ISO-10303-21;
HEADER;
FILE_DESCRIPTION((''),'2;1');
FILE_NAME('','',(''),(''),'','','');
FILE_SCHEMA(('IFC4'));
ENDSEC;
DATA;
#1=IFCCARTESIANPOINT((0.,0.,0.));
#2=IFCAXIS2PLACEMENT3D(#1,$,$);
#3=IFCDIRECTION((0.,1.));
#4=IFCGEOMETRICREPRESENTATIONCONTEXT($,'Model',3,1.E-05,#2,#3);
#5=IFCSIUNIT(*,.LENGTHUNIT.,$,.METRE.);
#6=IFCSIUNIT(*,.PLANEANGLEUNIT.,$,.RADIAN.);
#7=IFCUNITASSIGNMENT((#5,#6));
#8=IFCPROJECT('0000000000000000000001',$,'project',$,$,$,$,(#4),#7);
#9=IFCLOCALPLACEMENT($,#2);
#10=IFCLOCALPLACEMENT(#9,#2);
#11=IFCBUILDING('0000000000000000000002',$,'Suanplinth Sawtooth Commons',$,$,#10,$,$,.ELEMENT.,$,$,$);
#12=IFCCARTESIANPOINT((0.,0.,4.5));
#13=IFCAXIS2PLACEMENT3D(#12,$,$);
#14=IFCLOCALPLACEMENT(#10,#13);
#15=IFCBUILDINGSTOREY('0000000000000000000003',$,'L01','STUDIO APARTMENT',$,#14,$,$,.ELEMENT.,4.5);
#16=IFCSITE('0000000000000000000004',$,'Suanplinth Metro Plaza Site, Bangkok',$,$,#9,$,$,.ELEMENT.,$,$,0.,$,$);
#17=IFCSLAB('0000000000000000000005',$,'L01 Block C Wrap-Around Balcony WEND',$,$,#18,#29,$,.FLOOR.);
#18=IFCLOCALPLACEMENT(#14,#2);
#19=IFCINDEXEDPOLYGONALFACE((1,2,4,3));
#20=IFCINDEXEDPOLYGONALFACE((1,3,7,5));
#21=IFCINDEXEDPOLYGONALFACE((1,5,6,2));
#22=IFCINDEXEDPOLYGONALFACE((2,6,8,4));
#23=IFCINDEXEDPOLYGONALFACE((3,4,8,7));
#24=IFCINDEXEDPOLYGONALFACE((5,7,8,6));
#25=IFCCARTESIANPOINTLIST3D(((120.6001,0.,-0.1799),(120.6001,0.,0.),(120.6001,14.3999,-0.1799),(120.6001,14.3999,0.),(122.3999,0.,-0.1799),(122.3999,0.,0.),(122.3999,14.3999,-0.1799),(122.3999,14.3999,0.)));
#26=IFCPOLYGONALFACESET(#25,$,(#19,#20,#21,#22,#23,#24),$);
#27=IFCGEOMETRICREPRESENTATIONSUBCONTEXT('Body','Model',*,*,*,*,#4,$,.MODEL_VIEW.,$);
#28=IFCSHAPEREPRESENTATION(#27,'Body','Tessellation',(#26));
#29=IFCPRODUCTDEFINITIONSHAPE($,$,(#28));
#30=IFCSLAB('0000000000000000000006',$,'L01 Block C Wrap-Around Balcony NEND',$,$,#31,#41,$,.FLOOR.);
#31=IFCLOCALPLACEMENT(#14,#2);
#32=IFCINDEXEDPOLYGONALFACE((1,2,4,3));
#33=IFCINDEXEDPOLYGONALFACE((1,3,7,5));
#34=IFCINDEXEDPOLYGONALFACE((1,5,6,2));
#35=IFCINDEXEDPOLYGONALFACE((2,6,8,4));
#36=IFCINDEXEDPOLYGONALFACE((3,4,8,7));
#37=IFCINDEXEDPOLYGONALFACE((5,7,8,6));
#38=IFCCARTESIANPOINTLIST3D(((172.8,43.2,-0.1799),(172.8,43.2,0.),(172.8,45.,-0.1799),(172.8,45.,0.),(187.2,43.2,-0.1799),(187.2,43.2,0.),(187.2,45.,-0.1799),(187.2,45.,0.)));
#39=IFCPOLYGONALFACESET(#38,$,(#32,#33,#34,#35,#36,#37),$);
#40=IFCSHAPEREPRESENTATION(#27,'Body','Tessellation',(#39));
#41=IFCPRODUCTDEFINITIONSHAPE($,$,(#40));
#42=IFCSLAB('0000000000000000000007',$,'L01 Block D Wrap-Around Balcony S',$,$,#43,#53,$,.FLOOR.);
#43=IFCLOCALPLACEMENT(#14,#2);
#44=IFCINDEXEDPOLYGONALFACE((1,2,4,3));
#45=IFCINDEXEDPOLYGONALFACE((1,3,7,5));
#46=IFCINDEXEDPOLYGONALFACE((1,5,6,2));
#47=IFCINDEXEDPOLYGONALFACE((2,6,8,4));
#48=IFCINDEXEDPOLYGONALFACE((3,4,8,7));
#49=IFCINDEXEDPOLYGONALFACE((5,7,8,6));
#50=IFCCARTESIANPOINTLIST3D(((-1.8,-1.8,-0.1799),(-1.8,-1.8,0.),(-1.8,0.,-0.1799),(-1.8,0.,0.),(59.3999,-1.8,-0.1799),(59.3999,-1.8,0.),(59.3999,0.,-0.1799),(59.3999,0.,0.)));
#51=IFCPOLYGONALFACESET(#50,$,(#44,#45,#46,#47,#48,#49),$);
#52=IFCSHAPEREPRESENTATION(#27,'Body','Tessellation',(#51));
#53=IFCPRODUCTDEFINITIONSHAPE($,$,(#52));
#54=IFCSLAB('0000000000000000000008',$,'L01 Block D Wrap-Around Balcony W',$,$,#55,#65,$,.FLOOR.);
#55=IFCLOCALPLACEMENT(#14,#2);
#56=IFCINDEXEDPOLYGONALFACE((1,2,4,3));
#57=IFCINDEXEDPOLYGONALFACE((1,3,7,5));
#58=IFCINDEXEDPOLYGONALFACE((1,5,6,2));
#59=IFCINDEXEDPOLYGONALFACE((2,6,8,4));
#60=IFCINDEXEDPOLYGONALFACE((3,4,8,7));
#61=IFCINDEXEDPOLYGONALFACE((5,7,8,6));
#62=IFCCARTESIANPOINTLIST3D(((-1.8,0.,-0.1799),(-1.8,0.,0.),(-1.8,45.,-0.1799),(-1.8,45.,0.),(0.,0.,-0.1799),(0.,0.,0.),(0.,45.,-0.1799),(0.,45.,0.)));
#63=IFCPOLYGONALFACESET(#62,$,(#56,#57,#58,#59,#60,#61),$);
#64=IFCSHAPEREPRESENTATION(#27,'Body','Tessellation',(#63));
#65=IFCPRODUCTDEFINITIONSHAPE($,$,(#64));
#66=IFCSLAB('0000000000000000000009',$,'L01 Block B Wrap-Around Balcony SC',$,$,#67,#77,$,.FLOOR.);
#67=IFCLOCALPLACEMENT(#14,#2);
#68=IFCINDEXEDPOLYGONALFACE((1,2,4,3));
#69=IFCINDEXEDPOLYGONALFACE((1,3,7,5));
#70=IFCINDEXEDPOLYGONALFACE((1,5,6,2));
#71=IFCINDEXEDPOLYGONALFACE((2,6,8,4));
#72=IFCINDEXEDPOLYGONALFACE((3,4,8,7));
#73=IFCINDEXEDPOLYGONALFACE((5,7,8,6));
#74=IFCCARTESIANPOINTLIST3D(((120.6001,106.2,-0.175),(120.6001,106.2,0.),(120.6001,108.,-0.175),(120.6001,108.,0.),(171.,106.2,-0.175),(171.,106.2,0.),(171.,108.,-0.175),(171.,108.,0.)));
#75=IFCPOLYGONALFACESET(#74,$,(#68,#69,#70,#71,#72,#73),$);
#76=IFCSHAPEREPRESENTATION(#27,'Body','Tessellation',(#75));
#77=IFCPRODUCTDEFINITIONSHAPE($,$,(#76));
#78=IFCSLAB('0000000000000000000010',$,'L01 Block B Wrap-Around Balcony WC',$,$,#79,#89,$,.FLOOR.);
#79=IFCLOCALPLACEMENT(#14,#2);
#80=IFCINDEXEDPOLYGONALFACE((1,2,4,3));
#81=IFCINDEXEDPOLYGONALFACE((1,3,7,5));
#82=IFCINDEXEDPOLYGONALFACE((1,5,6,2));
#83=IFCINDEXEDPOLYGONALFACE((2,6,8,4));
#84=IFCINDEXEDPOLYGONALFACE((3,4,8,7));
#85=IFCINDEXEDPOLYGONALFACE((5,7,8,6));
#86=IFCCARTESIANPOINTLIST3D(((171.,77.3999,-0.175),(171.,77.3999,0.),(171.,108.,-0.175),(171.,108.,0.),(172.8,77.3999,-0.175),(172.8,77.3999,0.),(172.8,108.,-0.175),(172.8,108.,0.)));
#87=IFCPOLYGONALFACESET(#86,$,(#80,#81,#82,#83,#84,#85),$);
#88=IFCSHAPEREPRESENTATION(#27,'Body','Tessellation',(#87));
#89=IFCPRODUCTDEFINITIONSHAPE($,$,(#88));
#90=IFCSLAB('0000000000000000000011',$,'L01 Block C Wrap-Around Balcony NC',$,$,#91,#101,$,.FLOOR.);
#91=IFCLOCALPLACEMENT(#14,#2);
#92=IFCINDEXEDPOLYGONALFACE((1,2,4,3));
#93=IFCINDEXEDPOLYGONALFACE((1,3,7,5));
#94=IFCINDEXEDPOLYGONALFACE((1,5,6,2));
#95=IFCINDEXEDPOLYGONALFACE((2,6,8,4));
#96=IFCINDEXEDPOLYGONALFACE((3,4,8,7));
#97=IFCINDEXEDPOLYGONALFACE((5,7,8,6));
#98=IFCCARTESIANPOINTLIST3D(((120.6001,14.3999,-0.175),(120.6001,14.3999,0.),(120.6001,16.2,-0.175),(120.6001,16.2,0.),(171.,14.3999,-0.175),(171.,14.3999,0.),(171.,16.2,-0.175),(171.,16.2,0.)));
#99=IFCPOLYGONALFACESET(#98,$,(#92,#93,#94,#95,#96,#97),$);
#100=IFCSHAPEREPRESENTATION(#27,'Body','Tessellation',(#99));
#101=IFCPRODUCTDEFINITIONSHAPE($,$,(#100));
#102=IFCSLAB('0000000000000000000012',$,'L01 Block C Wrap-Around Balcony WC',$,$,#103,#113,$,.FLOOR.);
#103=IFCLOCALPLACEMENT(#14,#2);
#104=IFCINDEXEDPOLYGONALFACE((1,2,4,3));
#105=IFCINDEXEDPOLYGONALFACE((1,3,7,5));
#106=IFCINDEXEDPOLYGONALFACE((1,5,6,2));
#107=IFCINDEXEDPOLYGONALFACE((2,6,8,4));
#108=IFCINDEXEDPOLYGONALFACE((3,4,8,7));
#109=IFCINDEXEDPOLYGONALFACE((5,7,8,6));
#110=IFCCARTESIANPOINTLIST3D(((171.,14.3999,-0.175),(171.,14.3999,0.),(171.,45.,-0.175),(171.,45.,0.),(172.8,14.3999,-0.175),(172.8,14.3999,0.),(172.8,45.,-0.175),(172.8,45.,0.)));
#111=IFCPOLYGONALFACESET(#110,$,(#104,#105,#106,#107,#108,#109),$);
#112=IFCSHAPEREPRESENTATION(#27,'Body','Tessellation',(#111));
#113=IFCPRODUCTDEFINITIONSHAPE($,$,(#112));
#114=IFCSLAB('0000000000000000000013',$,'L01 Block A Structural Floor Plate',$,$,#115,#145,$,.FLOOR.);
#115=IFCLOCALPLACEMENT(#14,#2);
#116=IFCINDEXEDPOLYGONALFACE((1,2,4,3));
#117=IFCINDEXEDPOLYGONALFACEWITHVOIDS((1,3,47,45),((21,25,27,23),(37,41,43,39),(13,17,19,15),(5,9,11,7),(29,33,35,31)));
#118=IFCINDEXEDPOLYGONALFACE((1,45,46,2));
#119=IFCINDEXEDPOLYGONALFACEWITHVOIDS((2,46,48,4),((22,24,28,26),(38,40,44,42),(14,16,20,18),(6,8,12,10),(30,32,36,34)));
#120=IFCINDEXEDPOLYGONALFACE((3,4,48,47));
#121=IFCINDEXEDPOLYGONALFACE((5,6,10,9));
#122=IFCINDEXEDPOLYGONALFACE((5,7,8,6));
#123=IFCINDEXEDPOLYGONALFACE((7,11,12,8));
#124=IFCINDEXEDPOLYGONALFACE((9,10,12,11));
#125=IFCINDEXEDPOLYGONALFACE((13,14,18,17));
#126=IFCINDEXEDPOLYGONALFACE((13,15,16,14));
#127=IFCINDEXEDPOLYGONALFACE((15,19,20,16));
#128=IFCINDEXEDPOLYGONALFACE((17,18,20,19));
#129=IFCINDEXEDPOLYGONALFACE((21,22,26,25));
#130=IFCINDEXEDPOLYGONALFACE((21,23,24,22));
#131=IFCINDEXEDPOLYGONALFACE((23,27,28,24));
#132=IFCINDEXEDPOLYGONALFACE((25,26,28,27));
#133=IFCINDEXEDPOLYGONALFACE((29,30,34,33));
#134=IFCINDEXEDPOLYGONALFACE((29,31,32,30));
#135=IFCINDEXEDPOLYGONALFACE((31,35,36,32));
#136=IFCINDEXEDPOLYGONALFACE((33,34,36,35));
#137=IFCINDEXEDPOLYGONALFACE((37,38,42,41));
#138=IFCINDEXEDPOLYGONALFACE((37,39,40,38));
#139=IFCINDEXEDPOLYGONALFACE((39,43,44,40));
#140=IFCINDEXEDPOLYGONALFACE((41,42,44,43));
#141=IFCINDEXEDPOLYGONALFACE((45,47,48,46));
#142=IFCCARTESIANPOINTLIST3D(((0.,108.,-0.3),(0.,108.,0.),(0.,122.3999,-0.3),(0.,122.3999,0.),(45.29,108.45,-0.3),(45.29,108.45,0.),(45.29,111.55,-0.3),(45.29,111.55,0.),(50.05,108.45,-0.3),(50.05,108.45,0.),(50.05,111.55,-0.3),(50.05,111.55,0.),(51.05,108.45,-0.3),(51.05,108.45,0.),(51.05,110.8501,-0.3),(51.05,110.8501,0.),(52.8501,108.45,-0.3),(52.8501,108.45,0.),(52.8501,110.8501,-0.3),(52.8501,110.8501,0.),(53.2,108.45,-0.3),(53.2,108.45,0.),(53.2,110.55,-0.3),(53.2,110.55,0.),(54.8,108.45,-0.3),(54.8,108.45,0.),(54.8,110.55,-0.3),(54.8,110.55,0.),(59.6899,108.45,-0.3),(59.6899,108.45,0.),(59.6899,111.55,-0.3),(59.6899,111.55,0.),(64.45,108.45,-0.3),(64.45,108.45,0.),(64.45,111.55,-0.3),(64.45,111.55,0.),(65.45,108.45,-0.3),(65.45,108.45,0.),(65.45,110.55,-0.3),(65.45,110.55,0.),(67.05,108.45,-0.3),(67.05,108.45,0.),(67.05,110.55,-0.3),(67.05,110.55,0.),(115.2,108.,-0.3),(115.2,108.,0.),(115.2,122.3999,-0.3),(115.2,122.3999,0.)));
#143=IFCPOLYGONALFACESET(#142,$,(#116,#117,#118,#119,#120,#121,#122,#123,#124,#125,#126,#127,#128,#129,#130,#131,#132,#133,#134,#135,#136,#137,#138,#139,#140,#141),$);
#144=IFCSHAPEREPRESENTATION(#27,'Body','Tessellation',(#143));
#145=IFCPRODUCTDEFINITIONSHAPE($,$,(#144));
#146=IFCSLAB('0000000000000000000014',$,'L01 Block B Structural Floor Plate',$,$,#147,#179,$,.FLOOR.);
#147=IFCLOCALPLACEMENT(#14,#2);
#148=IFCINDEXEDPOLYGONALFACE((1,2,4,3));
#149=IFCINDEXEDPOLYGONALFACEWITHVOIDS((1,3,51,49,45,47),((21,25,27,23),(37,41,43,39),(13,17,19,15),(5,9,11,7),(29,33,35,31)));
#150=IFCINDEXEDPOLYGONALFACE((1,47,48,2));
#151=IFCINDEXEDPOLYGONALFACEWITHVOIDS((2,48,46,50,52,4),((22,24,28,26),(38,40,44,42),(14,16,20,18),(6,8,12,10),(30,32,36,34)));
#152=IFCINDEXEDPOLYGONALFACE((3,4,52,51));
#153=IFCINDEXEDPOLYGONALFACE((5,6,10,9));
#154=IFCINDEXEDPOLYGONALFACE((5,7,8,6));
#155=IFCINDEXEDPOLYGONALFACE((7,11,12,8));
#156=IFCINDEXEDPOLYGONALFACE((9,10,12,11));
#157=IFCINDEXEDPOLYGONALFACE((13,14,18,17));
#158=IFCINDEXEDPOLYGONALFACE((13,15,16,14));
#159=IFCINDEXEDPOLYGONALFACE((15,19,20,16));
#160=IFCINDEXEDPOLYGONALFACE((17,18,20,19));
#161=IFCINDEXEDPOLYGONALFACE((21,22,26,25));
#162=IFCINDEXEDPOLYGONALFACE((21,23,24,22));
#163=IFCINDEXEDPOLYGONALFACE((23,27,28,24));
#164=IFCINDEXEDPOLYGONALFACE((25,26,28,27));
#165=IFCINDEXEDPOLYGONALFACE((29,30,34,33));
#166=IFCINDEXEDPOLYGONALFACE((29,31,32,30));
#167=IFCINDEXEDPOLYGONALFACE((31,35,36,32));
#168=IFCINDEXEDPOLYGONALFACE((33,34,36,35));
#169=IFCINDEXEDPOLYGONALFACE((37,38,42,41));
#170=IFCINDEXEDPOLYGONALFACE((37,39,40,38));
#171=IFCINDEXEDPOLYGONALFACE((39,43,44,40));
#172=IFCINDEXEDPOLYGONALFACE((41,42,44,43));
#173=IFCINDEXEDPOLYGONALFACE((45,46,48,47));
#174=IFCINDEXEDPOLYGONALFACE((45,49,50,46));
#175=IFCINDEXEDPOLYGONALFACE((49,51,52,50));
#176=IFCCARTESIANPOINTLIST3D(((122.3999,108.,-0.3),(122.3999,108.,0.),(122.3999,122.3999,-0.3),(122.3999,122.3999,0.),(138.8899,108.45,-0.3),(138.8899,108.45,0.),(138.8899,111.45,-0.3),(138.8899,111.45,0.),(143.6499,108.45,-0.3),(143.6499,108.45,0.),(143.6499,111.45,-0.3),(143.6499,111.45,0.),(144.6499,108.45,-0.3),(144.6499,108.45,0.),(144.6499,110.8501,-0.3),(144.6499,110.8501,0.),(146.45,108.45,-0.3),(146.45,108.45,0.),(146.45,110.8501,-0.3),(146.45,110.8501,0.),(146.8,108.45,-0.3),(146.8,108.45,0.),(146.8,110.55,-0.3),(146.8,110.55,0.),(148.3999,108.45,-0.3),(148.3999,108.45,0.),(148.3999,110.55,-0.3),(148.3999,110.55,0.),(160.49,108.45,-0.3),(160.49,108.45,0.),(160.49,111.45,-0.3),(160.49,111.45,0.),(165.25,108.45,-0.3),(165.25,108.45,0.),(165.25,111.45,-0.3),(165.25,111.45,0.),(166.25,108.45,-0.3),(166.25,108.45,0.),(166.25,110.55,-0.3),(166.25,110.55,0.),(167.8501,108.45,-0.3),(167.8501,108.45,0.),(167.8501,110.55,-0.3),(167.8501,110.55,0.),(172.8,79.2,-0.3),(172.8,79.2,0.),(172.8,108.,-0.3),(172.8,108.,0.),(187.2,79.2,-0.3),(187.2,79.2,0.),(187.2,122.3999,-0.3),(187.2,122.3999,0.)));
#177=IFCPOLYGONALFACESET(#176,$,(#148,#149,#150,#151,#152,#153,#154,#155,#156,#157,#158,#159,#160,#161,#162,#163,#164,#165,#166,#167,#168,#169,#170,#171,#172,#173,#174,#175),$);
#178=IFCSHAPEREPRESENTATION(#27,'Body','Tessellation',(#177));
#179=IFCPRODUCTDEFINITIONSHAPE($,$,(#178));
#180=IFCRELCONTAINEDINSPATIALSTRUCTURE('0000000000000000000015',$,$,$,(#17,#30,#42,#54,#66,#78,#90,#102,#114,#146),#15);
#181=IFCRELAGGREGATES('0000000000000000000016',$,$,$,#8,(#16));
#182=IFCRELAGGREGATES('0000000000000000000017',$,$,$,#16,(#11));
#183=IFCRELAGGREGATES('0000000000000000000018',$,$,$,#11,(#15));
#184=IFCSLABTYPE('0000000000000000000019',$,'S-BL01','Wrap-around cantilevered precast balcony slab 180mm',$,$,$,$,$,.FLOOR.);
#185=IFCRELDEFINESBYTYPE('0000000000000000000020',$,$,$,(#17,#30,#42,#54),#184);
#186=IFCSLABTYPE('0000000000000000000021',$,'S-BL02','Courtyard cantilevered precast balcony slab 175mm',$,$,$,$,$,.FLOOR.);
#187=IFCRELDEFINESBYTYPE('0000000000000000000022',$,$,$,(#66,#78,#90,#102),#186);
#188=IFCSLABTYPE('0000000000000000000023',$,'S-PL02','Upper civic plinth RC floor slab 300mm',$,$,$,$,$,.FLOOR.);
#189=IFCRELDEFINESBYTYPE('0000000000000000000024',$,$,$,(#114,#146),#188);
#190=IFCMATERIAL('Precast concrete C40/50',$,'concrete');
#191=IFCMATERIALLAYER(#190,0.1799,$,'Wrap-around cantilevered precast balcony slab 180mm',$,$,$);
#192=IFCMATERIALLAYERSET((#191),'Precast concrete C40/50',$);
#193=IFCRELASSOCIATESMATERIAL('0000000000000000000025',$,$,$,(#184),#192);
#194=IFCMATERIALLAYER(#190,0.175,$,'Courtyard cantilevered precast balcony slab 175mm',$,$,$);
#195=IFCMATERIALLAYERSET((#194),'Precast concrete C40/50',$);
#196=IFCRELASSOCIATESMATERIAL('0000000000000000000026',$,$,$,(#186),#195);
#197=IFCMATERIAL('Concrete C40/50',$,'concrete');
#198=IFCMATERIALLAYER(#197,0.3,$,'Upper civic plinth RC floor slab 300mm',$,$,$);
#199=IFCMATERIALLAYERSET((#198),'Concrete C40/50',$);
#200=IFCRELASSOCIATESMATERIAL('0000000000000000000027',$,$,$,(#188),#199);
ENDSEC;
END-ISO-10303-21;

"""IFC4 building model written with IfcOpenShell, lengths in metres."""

from ifc_helpers import new_model, si_unit, direction, frame, origin, place, context, subcontext, project, spatial, polyline, outline, extrude, material, layer, layer_set, type_object, element, save


model = new_model("IFC4")

# Units and contexts
model_context = context("Model", 3, precision=1e-05, world=origin(), true_north=direction((0.0, 1.0)))
body_context = subcontext(model_context, "Body", "Model", "MODEL_VIEW")
ifc_project = project(units=[si_unit("LENGTHUNIT", "METRE"), si_unit("PLANEANGLEUNIT", "RADIAN")], contexts=[model_context])

# Site, building, storey
site_placement = place(None, origin())
site = spatial("IfcSite", under=ifc_project, at=site_placement, Name="Suanplinth Metro Plaza Site, Bangkok", CompositionType="ELEMENT", RefElevation=0.0)
building_placement = place(site_placement, origin())
building = spatial("IfcBuilding", under=site, at=building_placement, Name="Suanplinth Sawtooth Commons", CompositionType="ELEMENT")
storey_placement = place(building_placement, frame((0.0, 0.0, 4.5)))
storey = spatial("IfcBuildingStorey", under=building, at=storey_placement, Name="L01", Description="STUDIO APARTMENT", CompositionType="ELEMENT", Elevation=4.5)

# Shared definitions
ifc_material_1 = material(Name="Concrete C40/50", Category="concrete")

# Shared definitions
ifc_material_2 = material(Name="Precast concrete C40/50", Category="concrete")

# Slabs
ifc_layer_1 = layer(ifc_material_2, 0.1799, Name="Wrap-around cantilevered precast balcony slab 180mm")
ifc_layer_set_1 = layer_set([ifc_layer_1], Name="Precast concrete C40/50")
slab_type_1 = type_object("IfcSlabType", Name="S-BL01", Description="Wrap-around cantilevered precast balcony slab 180mm", PredefinedType="FLOOR", material=ifc_layer_set_1)
slab_1_placement = place(storey_placement, frame((0.0, 0.0, -0.1799)))
element("IfcSlab", 1, at=slab_1_placement, inside=storey, type_object=slab_type_1, Name="L01 Block C Wrap-Around Balcony WEND", PredefinedType="FLOOR", context=body_context, shape_type="SweptSolid", body=[
    extrude(outline(polyline([(122.3999, 0.0), (120.6001, 0.0), (120.6001, 14.3999), (122.3999, 14.3999), (122.3999, 0.0)])), origin(), (0.0, 0.0, 1.0), 0.1799),
])
slab_2_placement = place(storey_placement, frame((0.0, 0.0, -0.1799)))
element("IfcSlab", 2, at=slab_2_placement, inside=storey, type_object=slab_type_1, Name="L01 Block C Wrap-Around Balcony NEND", PredefinedType="FLOOR", context=body_context, shape_type="SweptSolid", body=[
    extrude(outline(polyline([(172.8, 45.0), (187.2, 45.0), (187.2, 43.2), (172.8, 43.2), (172.8, 45.0)])), origin(), (0.0, 0.0, 1.0), 0.1799),
])
slab_3_placement = place(storey_placement, frame((0.0, 0.0, -0.1799)))
element("IfcSlab", 3, at=slab_3_placement, inside=storey, type_object=slab_type_1, Name="L01 Block D Wrap-Around Balcony S", PredefinedType="FLOOR", context=body_context, shape_type="SweptSolid", body=[
    extrude(outline(polyline([(59.3999, 0.0), (59.3999, -1.8), (-1.8, -1.8), (-1.8, 0.0), (59.3999, 0.0)])), origin(), (0.0, 0.0, 1.0), 0.1799),
])
slab_4_placement = place(storey_placement, frame((0.0, 0.0, -0.1799)))
element("IfcSlab", 4, at=slab_4_placement, inside=storey, type_object=slab_type_1, Name="L01 Block D Wrap-Around Balcony W", PredefinedType="FLOOR", context=body_context, shape_type="SweptSolid", body=[
    extrude(outline(polyline([(0.0, 0.0), (-1.8, 0.0), (-1.8, 45.0), (0.0, 45.0), (0.0, 0.0)])), origin(), (0.0, 0.0, 1.0), 0.1799),
])
ifc_layer_2 = layer(ifc_material_2, 0.175, Name="Courtyard cantilevered precast balcony slab 175mm")
ifc_layer_set_2 = layer_set([ifc_layer_2], Name="Precast concrete C40/50")
slab_type_2 = type_object("IfcSlabType", Name="S-BL02", Description="Courtyard cantilevered precast balcony slab 175mm", PredefinedType="FLOOR", material=ifc_layer_set_2)
slab_5_placement = place(storey_placement, frame((0.0, 0.0, -0.175)))
element("IfcSlab", 5, at=slab_5_placement, inside=storey, type_object=slab_type_2, Name="L01 Block B Wrap-Around Balcony SC", PredefinedType="FLOOR", context=body_context, shape_type="SweptSolid", body=[
    extrude(outline(polyline([(171.0, 106.2), (120.6001, 106.2), (120.6001, 108.0), (171.0, 108.0), (171.0, 106.2)])), origin(), (0.0, 0.0, 1.0), 0.175),
])
slab_6_placement = place(storey_placement, frame((0.0, 0.0, -0.175)))
element("IfcSlab", 6, at=slab_6_placement, inside=storey, type_object=slab_type_2, Name="L01 Block B Wrap-Around Balcony WC", PredefinedType="FLOOR", context=body_context, shape_type="SweptSolid", body=[
    extrude(outline(polyline([(172.8, 77.3999), (171.0, 77.3999), (171.0, 108.0), (172.8, 108.0), (172.8, 77.3999)])), origin(), (0.0, 0.0, 1.0), 0.175),
])
slab_7_placement = place(storey_placement, frame((0.0, 0.0, -0.175)))
element("IfcSlab", 7, at=slab_7_placement, inside=storey, type_object=slab_type_2, Name="L01 Block C Wrap-Around Balcony NC", PredefinedType="FLOOR", context=body_context, shape_type="SweptSolid", body=[
    extrude(outline(polyline([(120.6001, 14.3999), (120.6001, 16.2), (171.0, 16.2), (171.0, 14.3999), (120.6001, 14.3999)])), origin(), (0.0, 0.0, 1.0), 0.175),
])
slab_8_placement = place(storey_placement, frame((0.0, 0.0, -0.175)))
element("IfcSlab", 8, at=slab_8_placement, inside=storey, type_object=slab_type_2, Name="L01 Block C Wrap-Around Balcony WC", PredefinedType="FLOOR", context=body_context, shape_type="SweptSolid", body=[
    extrude(outline(polyline([(172.8, 14.3999), (171.0, 14.3999), (171.0, 45.0), (172.8, 45.0), (172.8, 14.3999)])), origin(), (0.0, 0.0, 1.0), 0.175),
])
ifc_layer_3 = layer(ifc_material_1, 0.3, Name="Upper civic plinth RC floor slab 300mm")
ifc_layer_set_3 = layer_set([ifc_layer_3], Name="Concrete C40/50")
slab_type_3 = type_object("IfcSlabType", Name="S-PL02", Description="Upper civic plinth RC floor slab 300mm", PredefinedType="FLOOR", material=ifc_layer_set_3)
slab_9_placement = place(storey_placement, frame((0.0, 0.0, -0.3)))
element("IfcSlab", 9, at=slab_9_placement, inside=storey, type_object=slab_type_3, Name="L01 Block A Structural Floor Plate", PredefinedType="FLOOR", context=body_context, shape_type="SweptSolid", body=[
    extrude(outline(polyline([(0.0, 108.0), (115.2, 108.0), (115.2, 122.3999), (0.0, 122.3999), (0.0, 108.0)]), holes=[polyline([(45.29, 108.45), (50.05, 108.45), (50.05, 111.55), (45.29, 111.55), (45.29, 108.45)]), polyline([(51.05, 108.45), (52.8501, 108.45), (52.8501, 110.8501), (51.05, 110.8501), (51.05, 108.45)]), polyline([(53.2, 108.45), (54.8, 108.45), (54.8, 110.55), (53.2, 110.55), (53.2, 108.45)]), polyline([(59.6899, 108.45), (64.45, 108.45), (64.45, 111.55), (59.6899, 111.55), (59.6899, 108.45)]), polyline([(65.45, 108.45), (67.05, 108.45), (67.05, 110.55), (65.45, 110.55), (65.45, 108.45)])]), origin(), (0.0, 0.0, 1.0), 0.3),
])
slab_10_placement = place(storey_placement, frame((0.0, 0.0, -0.3)))
element("IfcSlab", 10, at=slab_10_placement, inside=storey, type_object=slab_type_3, Name="L01 Block B Structural Floor Plate", PredefinedType="FLOOR", context=body_context, shape_type="SweptSolid", body=[
    extrude(outline(polyline([(172.8, 108.0), (122.3999, 108.0), (122.3999, 122.3999), (187.2, 122.3999), (187.2, 79.2), (172.8, 79.2), (172.8, 108.0)]), holes=[polyline([(138.8899, 108.45), (143.6499, 108.45), (143.6499, 111.45), (138.8899, 111.45), (138.8899, 108.45)]), polyline([(144.6499, 108.45), (146.45, 108.45), (146.45, 110.8501), (144.6499, 110.8501), (144.6499, 108.45)]), polyline([(146.8, 108.45), (148.3999, 108.45), (148.3999, 110.55), (146.8, 110.55), (146.8, 108.45)]), polyline([(160.49, 108.45), (165.25, 108.45), (165.25, 111.45), (160.49, 111.45), (160.49, 108.45)]), polyline([(166.25, 108.45), (167.8501, 108.45), (167.8501, 110.55), (166.25, 110.55), (166.25, 108.45)])]), origin(), (0.0, 0.0, 1.0), 0.3),
])

save(model, "model.ifc")
